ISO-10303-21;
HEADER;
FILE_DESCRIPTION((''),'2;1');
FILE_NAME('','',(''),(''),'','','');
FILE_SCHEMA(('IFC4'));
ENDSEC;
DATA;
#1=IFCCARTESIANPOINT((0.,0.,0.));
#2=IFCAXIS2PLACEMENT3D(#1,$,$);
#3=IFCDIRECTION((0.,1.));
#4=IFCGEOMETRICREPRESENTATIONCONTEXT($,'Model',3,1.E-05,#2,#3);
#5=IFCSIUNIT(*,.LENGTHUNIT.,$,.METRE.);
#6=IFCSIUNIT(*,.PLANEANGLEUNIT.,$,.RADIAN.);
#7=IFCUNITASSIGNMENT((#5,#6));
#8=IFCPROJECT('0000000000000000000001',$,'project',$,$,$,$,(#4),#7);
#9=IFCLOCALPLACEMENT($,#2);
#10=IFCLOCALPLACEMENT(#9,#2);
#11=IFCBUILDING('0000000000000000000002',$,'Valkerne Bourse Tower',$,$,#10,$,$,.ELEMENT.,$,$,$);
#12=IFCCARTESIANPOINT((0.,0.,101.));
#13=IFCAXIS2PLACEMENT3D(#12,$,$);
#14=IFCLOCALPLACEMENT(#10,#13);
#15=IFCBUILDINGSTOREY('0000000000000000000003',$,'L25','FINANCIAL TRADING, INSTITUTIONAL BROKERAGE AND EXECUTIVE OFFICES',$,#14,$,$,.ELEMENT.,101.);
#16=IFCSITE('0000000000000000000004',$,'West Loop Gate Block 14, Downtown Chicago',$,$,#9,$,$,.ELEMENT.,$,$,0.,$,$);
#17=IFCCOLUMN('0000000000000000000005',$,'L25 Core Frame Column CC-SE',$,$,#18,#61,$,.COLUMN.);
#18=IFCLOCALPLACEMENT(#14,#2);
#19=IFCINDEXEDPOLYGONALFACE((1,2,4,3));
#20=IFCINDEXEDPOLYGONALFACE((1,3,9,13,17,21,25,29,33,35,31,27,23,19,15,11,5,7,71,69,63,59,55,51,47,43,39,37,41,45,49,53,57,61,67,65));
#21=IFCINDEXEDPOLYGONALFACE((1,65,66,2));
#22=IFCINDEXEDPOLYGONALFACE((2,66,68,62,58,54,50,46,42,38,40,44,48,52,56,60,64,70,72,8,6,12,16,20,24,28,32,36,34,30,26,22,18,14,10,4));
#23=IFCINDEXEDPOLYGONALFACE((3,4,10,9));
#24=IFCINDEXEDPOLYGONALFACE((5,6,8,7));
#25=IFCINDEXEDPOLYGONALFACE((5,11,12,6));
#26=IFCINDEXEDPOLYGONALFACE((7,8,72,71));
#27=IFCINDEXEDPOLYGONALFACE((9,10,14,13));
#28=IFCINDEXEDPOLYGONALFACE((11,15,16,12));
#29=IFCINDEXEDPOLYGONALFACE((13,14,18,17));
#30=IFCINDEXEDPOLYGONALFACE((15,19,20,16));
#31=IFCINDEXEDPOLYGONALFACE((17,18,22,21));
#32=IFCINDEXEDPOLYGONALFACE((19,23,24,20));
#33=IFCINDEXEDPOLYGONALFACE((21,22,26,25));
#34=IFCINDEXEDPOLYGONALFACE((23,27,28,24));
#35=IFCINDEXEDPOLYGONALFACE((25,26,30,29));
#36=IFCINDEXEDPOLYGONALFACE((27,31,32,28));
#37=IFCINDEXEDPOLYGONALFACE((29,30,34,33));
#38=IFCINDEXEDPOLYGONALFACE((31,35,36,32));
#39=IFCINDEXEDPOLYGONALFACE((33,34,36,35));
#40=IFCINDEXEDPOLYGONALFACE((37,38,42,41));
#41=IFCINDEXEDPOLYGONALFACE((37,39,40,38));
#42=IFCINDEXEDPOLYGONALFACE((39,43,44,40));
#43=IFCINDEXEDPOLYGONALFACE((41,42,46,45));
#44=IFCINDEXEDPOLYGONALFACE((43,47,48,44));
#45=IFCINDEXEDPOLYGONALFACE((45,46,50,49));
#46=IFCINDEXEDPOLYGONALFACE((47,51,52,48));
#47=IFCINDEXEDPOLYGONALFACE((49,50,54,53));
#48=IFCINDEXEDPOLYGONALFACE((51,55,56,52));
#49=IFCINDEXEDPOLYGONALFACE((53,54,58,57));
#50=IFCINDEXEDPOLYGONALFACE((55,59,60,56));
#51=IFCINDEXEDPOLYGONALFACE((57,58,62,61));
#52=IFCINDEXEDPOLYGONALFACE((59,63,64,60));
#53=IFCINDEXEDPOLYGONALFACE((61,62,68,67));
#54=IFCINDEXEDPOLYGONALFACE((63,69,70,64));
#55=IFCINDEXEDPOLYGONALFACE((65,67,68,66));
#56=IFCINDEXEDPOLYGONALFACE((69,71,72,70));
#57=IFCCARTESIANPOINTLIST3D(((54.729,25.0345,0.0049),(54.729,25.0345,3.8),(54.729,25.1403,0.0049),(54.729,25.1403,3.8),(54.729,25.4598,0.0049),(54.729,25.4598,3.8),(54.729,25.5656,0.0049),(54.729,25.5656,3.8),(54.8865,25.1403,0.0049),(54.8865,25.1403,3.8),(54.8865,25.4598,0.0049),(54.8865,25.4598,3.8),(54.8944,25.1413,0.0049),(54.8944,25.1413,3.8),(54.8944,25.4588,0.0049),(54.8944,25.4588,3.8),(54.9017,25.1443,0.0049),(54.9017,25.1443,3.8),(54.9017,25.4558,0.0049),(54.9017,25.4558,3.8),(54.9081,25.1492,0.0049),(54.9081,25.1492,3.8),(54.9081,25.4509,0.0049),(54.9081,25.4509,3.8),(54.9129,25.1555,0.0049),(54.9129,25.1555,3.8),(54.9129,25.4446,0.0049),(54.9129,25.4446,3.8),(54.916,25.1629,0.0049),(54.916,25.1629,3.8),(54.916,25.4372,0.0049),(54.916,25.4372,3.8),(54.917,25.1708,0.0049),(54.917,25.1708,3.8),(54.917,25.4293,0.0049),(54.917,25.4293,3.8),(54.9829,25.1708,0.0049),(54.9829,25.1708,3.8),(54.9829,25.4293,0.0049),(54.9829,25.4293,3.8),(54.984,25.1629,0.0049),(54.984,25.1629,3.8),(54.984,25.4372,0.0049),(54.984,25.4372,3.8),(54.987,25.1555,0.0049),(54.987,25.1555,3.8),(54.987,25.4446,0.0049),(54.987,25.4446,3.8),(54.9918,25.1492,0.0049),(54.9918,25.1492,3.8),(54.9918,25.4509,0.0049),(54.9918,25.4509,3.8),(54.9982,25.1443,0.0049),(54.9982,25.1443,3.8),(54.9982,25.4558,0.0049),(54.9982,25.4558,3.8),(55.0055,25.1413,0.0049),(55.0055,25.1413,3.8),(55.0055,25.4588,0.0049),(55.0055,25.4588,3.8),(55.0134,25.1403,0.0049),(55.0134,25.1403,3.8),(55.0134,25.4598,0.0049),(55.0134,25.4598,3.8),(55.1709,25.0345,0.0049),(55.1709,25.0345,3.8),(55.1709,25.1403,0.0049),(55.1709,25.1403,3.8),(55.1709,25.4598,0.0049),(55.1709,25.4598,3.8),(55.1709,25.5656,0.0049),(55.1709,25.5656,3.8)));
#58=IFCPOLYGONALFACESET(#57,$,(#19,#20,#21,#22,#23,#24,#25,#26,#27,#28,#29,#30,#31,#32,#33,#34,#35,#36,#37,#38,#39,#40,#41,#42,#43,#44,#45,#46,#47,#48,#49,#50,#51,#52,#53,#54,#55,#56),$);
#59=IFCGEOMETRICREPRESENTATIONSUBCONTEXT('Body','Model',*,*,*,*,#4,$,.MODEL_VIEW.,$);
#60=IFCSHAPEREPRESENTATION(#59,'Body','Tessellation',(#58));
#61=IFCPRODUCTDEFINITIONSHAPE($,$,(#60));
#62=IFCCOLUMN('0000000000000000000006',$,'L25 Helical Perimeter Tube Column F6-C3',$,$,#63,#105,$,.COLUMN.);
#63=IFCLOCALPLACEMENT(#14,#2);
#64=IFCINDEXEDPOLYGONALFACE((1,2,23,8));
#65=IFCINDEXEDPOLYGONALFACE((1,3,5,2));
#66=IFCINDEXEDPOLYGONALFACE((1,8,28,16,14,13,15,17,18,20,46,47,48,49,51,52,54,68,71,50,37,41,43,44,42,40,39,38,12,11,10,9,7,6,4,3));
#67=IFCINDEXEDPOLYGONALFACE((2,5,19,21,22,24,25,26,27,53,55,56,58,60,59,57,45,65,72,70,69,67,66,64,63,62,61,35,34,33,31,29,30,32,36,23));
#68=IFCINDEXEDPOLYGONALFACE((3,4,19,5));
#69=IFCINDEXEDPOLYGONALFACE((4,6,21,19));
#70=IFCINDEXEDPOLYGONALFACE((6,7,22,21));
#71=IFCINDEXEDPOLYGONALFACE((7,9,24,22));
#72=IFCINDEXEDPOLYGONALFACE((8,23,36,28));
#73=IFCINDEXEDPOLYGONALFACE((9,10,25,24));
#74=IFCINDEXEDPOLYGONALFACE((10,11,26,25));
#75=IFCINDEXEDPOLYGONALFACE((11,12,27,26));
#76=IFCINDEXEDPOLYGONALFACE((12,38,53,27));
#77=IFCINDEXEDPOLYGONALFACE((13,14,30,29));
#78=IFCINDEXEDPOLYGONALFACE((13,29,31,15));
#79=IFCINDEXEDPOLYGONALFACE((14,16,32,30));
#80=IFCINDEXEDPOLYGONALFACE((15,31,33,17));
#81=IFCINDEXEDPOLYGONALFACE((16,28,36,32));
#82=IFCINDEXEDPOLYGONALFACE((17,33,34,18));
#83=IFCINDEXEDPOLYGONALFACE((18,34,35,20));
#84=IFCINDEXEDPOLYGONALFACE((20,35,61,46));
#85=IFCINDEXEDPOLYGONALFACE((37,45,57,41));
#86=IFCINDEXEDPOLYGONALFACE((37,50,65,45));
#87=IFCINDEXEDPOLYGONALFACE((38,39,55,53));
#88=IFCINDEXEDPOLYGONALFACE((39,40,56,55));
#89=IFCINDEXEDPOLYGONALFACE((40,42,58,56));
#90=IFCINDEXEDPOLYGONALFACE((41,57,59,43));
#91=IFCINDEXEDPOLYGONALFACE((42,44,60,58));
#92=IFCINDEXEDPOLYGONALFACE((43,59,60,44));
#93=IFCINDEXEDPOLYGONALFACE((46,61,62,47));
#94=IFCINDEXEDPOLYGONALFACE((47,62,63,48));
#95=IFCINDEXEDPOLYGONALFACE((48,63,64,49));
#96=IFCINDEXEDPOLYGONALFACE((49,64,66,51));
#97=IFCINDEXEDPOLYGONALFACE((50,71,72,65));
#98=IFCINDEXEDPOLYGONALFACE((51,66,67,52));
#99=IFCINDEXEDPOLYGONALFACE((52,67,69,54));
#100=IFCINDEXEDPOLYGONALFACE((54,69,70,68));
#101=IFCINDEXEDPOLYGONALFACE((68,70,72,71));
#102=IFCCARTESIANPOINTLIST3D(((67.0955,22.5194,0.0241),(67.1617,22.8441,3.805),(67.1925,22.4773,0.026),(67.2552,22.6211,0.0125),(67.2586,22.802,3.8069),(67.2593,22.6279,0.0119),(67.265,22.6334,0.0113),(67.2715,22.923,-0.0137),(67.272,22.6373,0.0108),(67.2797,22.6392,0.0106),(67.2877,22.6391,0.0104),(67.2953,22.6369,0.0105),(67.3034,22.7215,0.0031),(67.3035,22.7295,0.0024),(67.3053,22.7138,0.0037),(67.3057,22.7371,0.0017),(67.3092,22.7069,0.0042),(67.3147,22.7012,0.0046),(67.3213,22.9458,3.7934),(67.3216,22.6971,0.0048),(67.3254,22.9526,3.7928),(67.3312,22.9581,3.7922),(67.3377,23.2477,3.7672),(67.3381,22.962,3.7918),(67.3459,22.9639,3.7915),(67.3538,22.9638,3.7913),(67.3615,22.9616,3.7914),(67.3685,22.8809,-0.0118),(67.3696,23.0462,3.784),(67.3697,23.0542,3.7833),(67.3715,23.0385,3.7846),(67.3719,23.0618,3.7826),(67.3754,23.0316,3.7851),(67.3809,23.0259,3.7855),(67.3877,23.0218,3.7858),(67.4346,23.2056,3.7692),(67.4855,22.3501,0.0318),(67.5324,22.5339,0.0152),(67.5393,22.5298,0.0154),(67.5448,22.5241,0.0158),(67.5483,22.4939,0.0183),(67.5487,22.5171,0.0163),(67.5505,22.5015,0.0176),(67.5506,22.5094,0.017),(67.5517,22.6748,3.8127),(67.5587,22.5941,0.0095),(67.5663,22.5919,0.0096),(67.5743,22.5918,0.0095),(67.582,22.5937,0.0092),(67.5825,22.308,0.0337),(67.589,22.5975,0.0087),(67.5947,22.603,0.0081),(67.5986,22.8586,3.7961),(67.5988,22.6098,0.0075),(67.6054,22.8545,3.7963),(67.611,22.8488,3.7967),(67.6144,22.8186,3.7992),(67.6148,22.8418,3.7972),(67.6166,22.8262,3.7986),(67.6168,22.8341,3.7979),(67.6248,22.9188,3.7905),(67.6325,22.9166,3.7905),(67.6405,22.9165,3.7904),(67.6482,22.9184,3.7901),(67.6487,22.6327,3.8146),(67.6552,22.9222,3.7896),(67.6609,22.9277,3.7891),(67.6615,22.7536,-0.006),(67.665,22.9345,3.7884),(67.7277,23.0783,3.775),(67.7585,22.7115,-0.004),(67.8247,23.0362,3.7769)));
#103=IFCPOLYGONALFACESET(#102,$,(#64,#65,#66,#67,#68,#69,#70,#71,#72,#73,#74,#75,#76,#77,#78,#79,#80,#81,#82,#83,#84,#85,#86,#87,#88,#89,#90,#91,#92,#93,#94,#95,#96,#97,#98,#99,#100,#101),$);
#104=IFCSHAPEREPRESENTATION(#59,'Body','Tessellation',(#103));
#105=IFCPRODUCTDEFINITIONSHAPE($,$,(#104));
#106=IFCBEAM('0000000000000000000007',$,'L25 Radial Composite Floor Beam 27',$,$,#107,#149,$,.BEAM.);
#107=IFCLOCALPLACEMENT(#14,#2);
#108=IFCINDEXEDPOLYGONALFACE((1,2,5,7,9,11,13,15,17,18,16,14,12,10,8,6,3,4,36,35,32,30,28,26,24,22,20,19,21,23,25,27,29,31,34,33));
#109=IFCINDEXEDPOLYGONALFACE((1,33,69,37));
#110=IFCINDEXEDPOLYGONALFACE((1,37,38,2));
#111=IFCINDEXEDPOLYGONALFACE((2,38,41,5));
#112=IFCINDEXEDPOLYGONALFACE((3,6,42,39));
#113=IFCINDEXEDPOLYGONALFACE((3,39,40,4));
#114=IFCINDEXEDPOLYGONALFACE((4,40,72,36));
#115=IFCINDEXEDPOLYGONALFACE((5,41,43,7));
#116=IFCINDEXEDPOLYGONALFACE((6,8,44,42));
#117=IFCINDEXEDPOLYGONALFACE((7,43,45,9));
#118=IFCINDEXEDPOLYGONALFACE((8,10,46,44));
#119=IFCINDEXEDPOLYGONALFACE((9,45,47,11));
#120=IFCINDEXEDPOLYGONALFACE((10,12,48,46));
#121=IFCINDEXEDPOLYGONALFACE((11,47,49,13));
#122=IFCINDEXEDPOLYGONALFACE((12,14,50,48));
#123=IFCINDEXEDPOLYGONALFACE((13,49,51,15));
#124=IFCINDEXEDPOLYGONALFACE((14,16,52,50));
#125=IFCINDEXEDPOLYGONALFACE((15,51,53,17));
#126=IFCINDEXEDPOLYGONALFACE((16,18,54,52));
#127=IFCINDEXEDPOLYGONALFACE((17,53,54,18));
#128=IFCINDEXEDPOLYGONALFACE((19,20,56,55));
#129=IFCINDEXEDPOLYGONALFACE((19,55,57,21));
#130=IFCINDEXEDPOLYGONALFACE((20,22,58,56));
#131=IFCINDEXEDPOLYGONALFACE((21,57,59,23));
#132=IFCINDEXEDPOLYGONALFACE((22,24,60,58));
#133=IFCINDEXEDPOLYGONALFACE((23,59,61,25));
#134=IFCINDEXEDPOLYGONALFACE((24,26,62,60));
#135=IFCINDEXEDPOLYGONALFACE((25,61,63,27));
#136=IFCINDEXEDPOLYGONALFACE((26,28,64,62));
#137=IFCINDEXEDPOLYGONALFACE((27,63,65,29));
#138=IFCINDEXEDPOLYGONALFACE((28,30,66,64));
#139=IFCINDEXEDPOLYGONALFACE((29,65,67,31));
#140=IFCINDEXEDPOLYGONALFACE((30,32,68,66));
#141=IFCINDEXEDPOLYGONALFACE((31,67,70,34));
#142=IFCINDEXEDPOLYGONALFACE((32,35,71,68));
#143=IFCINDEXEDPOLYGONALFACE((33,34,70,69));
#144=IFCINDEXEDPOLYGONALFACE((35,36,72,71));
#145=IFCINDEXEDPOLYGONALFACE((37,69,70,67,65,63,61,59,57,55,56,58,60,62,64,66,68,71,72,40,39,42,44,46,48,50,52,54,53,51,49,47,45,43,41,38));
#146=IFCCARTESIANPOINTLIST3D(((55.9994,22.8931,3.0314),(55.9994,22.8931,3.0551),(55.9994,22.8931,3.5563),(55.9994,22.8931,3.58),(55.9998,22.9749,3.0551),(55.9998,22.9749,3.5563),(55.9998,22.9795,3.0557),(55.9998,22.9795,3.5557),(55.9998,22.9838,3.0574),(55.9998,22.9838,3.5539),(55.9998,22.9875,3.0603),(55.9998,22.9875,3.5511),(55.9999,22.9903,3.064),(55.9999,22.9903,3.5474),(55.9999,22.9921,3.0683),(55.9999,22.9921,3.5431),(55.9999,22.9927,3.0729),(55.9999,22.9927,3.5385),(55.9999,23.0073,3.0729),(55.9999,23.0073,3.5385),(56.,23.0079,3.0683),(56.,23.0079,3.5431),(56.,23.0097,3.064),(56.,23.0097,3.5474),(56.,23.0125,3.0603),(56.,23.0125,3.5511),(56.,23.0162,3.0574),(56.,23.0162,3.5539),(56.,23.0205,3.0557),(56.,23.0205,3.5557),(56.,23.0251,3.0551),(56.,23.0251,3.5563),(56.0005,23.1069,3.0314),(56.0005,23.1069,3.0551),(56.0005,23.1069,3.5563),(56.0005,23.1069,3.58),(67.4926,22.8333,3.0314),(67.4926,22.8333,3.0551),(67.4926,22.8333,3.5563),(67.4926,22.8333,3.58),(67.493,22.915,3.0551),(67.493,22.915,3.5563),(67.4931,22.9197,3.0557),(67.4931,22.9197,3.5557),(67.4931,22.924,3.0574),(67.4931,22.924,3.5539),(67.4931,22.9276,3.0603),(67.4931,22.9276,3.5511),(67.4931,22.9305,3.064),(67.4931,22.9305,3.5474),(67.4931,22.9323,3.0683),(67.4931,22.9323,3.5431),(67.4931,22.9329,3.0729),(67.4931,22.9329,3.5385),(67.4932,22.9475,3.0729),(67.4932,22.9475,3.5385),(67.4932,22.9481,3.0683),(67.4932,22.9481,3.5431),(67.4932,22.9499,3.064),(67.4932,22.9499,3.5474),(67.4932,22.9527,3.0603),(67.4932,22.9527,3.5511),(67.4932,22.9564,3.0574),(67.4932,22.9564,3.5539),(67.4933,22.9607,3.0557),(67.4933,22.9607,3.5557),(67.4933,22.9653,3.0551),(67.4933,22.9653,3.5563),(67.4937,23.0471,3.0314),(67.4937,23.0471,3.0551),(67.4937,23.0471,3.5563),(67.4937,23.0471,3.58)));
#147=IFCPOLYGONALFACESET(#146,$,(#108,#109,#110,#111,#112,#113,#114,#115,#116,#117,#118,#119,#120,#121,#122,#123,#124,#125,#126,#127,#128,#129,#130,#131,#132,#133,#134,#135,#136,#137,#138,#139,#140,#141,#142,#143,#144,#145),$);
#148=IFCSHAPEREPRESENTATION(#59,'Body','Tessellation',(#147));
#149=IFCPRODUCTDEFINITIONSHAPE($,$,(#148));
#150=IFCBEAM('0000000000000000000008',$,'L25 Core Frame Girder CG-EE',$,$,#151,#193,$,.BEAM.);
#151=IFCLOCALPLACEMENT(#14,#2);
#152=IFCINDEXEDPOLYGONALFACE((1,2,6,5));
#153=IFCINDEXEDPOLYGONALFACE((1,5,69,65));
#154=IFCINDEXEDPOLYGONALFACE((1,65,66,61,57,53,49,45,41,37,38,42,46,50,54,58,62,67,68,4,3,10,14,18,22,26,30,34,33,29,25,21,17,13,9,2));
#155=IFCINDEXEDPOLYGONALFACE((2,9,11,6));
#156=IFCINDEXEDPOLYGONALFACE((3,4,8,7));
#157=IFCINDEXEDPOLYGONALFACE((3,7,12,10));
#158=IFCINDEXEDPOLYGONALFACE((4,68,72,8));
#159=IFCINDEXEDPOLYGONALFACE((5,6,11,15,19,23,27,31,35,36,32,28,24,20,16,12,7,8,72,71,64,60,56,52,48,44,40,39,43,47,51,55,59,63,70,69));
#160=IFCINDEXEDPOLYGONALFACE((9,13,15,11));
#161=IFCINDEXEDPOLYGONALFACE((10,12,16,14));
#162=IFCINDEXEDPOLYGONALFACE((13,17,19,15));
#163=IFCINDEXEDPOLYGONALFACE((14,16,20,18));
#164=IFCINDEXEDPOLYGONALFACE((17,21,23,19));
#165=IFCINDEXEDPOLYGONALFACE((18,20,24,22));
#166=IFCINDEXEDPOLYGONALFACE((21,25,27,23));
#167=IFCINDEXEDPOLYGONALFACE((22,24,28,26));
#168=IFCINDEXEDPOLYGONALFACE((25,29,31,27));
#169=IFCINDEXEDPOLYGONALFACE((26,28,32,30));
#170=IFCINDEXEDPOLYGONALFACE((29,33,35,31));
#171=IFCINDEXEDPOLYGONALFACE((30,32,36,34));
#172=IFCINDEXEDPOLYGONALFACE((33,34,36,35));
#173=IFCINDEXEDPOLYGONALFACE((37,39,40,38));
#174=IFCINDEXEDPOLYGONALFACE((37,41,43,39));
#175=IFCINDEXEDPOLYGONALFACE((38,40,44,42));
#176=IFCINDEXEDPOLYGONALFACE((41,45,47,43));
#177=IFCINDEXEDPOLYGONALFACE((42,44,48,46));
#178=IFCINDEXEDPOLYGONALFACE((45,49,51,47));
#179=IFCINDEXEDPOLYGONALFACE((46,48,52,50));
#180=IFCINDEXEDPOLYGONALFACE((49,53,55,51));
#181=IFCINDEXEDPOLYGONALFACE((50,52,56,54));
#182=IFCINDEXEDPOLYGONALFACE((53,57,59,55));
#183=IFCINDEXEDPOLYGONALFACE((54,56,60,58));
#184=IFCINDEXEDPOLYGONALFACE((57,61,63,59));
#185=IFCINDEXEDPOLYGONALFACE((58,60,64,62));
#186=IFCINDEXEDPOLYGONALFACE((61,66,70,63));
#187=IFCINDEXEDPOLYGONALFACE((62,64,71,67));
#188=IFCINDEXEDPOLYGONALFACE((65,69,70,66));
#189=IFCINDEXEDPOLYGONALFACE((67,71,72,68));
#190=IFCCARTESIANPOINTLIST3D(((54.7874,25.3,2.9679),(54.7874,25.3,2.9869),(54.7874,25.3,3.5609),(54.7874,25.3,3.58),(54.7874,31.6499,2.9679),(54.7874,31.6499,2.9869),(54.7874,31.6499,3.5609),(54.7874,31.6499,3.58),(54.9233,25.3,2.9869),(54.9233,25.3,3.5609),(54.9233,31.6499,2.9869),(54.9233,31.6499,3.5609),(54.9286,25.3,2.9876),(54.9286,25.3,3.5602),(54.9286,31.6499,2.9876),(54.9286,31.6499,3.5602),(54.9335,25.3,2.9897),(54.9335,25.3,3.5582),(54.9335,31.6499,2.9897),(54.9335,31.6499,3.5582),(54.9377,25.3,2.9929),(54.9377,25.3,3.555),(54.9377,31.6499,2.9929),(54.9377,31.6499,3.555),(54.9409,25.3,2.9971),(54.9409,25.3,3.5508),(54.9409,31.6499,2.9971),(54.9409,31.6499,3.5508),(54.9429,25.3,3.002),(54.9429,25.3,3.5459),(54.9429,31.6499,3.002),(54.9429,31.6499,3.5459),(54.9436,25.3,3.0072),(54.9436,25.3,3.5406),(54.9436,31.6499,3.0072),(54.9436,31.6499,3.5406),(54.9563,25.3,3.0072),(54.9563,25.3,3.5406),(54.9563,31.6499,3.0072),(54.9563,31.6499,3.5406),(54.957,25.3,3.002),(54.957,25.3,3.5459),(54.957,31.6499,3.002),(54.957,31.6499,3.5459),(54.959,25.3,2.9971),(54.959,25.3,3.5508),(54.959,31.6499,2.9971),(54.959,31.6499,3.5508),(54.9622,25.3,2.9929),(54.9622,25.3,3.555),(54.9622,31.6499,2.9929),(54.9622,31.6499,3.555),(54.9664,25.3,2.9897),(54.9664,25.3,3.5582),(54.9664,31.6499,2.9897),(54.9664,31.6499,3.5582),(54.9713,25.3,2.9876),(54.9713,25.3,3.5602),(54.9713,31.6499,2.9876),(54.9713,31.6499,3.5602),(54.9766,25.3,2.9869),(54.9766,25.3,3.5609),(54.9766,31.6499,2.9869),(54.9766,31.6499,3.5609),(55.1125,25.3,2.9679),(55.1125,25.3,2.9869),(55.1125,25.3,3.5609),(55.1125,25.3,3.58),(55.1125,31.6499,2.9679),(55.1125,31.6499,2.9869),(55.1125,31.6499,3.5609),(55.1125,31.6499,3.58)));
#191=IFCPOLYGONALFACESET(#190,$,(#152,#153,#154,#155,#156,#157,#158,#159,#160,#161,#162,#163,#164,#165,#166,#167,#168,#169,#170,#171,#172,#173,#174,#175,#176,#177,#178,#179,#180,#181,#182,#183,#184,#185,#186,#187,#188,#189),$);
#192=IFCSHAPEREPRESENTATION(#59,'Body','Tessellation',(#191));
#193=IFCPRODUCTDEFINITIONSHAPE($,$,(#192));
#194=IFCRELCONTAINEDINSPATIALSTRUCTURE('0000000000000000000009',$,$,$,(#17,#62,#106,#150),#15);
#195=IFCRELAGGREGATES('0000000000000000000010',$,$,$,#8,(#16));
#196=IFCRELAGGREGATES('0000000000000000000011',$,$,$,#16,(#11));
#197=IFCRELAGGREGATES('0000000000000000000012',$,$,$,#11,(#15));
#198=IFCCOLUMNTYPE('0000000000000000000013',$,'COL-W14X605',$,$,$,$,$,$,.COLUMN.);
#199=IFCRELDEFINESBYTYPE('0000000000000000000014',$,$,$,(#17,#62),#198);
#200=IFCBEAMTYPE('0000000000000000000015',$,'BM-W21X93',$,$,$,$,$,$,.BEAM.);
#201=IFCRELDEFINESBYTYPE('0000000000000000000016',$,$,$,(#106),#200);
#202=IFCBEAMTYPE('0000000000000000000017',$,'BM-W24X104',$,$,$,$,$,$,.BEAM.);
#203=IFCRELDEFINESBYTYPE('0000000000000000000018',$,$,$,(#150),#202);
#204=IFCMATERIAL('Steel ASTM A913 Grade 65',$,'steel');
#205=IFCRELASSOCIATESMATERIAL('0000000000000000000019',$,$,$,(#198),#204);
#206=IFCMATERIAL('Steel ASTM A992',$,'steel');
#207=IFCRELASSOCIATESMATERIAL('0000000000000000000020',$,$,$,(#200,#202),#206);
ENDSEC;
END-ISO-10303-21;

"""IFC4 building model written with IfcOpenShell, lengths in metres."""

from ifc_helpers import new_model, si_unit, direction, frame, origin, origin_2d, place, context, subcontext, project, spatial, i_section, extrude, material, material_profile, profile_set, type_object, element, save


model = new_model("IFC4")

# Units and contexts
model_context = context("Model", 3, precision=1e-05, world=origin(), true_north=direction((0.0, 1.0)))
body_context = subcontext(model_context, "Body", "Model", "MODEL_VIEW")
ifc_project = project(units=[si_unit("LENGTHUNIT", "METRE"), si_unit("PLANEANGLEUNIT", "RADIAN")], contexts=[model_context])

# Site, building, storey
site_placement = place(None, origin())
site = spatial("IfcSite", under=ifc_project, at=site_placement, Name="West Loop Gate Block 14, Downtown Chicago", CompositionType="ELEMENT", RefElevation=0.0)
building_placement = place(site_placement, origin())
building = spatial("IfcBuilding", under=site, at=building_placement, Name="Valkerne Bourse Tower", CompositionType="ELEMENT")
storey_placement = place(building_placement, frame((0.0, 0.0, 101.0)))
storey = spatial("IfcBuildingStorey", under=building, at=storey_placement, Name="L25", Description="FINANCIAL TRADING, INSTITUTIONAL BROKERAGE AND EXECUTIVE OFFICES", CompositionType="ELEMENT", Elevation=101.0)

# Columns
ifc_material_1 = material(Name="Steel ASTM A913 Grade 65", Category="steel")
ifc_material_profile_1 = material_profile(ifc_material_1, i_section(OverallWidth=0.4419, OverallDepth=0.531, WebThickness=0.0659, FlangeThickness=0.1057, FilletRadius=0.0305, at=origin_2d()), Name="W14X605")
ifc_profile_set_1 = profile_set([ifc_material_profile_1], Name="Steel ASTM A913 Grade 65")
column_type = type_object("IfcColumnType", Name="COL-W14X605", PredefinedType="COLUMN", material=ifc_profile_set_1)
column_1_placement = place(storey_placement, frame((54.95, 25.3, 0.0049), z_axis=(0.0, 0.0, 1.0), x_axis=(1.0, 0.0, 0.0)))
element("IfcColumn", 1, at=column_1_placement, inside=storey, type_object=column_type, Name="L25 Core Frame Column CC-SE", PredefinedType="COLUMN", context=body_context, shape_type="SweptSolid", body=[
    extrude(i_section(OverallWidth=0.4419, OverallDepth=0.531, WebThickness=0.0659, FlangeThickness=0.1057, FilletRadius=0.0305, at=origin_2d()), origin(), (0.0, 0.0, 1.0), 3.7952),
])
column_2_placement = place(storey_placement, frame((67.427, 22.6155, 0.01), z_axis=(0.017432, 0.085551, 0.996181), x_axis=(-0.398274, -0.913282, 0.085401)))
element("IfcColumn", 2, at=column_2_placement, inside=storey, type_object=column_type, Name="L25 Helical Perimeter Tube Column F6-C3", PredefinedType="COLUMN", context=body_context, shape_type="SweptSolid", body=[
    extrude(i_section(OverallWidth=0.4419, OverallDepth=0.531, WebThickness=0.0659, FlangeThickness=0.1057, FilletRadius=0.0305, at=origin_2d()), origin(), (0.0, 0.0, 1.0), 3.7954),
])

# Beams
ifc_material_2 = material(Name="Steel ASTM A992", Category="steel")
ifc_material_profile_2 = material_profile(ifc_material_2, i_section(OverallWidth=0.2139, OverallDepth=0.5486, WebThickness=0.0146, FlangeThickness=0.0237, FilletRadius=0.0178, at=origin_2d()), Name="W21X93")
ifc_profile_set_2 = profile_set([ifc_material_profile_2], Name="Steel ASTM A992")
beam_type_1 = type_object("IfcBeamType", Name="BM-W21X93", PredefinedType="BEAM", material=ifc_profile_set_2)
beam_1_placement = place(storey_placement, frame((67.4932, 22.9402, 3.3057), z_axis=(-0.999986, 0.005204, 0.0), x_axis=(-0.005204, -0.999986, 0.0)))
element("IfcBeam", 3, at=beam_1_placement, inside=storey, type_object=beam_type_1, Name="L25 Radial Composite Floor Beam 27", PredefinedType="BEAM", context=body_context, shape_type="SweptSolid", body=[
    extrude(i_section(OverallWidth=0.2139, OverallDepth=0.5486, WebThickness=0.0146, FlangeThickness=0.0237, FilletRadius=0.0178, at=origin_2d()), origin(), (0.0, 0.0, 1.0), 11.4934),
])
ifc_material_profile_3 = material_profile(ifc_material_2, i_section(OverallWidth=0.3252, OverallDepth=0.6121, WebThickness=0.0127, FlangeThickness=0.019, FilletRadius=0.0203, at=origin_2d()), Name="W24X104")
ifc_profile_set_3 = profile_set([ifc_material_profile_3], Name="Steel ASTM A992")
beam_type_2 = type_object("IfcBeamType", Name="BM-W24X104", PredefinedType="BEAM", material=ifc_profile_set_3)
beam_2_placement = place(storey_placement, frame((54.95, 25.3, 3.2739), z_axis=(0.0, 1.0, 0.0), x_axis=(-1.0, 0.0, 0.0)))
element("IfcBeam", 4, at=beam_2_placement, inside=storey, type_object=beam_type_2, Name="L25 Core Frame Girder CG-EE", PredefinedType="BEAM", context=body_context, shape_type="SweptSolid", body=[
    extrude(i_section(OverallWidth=0.3252, OverallDepth=0.6121, WebThickness=0.0127, FlangeThickness=0.019, FilletRadius=0.0203, at=origin_2d()), origin(), (0.0, 0.0, 1.0), 6.3499),
])

save(model, "model.ifc")
